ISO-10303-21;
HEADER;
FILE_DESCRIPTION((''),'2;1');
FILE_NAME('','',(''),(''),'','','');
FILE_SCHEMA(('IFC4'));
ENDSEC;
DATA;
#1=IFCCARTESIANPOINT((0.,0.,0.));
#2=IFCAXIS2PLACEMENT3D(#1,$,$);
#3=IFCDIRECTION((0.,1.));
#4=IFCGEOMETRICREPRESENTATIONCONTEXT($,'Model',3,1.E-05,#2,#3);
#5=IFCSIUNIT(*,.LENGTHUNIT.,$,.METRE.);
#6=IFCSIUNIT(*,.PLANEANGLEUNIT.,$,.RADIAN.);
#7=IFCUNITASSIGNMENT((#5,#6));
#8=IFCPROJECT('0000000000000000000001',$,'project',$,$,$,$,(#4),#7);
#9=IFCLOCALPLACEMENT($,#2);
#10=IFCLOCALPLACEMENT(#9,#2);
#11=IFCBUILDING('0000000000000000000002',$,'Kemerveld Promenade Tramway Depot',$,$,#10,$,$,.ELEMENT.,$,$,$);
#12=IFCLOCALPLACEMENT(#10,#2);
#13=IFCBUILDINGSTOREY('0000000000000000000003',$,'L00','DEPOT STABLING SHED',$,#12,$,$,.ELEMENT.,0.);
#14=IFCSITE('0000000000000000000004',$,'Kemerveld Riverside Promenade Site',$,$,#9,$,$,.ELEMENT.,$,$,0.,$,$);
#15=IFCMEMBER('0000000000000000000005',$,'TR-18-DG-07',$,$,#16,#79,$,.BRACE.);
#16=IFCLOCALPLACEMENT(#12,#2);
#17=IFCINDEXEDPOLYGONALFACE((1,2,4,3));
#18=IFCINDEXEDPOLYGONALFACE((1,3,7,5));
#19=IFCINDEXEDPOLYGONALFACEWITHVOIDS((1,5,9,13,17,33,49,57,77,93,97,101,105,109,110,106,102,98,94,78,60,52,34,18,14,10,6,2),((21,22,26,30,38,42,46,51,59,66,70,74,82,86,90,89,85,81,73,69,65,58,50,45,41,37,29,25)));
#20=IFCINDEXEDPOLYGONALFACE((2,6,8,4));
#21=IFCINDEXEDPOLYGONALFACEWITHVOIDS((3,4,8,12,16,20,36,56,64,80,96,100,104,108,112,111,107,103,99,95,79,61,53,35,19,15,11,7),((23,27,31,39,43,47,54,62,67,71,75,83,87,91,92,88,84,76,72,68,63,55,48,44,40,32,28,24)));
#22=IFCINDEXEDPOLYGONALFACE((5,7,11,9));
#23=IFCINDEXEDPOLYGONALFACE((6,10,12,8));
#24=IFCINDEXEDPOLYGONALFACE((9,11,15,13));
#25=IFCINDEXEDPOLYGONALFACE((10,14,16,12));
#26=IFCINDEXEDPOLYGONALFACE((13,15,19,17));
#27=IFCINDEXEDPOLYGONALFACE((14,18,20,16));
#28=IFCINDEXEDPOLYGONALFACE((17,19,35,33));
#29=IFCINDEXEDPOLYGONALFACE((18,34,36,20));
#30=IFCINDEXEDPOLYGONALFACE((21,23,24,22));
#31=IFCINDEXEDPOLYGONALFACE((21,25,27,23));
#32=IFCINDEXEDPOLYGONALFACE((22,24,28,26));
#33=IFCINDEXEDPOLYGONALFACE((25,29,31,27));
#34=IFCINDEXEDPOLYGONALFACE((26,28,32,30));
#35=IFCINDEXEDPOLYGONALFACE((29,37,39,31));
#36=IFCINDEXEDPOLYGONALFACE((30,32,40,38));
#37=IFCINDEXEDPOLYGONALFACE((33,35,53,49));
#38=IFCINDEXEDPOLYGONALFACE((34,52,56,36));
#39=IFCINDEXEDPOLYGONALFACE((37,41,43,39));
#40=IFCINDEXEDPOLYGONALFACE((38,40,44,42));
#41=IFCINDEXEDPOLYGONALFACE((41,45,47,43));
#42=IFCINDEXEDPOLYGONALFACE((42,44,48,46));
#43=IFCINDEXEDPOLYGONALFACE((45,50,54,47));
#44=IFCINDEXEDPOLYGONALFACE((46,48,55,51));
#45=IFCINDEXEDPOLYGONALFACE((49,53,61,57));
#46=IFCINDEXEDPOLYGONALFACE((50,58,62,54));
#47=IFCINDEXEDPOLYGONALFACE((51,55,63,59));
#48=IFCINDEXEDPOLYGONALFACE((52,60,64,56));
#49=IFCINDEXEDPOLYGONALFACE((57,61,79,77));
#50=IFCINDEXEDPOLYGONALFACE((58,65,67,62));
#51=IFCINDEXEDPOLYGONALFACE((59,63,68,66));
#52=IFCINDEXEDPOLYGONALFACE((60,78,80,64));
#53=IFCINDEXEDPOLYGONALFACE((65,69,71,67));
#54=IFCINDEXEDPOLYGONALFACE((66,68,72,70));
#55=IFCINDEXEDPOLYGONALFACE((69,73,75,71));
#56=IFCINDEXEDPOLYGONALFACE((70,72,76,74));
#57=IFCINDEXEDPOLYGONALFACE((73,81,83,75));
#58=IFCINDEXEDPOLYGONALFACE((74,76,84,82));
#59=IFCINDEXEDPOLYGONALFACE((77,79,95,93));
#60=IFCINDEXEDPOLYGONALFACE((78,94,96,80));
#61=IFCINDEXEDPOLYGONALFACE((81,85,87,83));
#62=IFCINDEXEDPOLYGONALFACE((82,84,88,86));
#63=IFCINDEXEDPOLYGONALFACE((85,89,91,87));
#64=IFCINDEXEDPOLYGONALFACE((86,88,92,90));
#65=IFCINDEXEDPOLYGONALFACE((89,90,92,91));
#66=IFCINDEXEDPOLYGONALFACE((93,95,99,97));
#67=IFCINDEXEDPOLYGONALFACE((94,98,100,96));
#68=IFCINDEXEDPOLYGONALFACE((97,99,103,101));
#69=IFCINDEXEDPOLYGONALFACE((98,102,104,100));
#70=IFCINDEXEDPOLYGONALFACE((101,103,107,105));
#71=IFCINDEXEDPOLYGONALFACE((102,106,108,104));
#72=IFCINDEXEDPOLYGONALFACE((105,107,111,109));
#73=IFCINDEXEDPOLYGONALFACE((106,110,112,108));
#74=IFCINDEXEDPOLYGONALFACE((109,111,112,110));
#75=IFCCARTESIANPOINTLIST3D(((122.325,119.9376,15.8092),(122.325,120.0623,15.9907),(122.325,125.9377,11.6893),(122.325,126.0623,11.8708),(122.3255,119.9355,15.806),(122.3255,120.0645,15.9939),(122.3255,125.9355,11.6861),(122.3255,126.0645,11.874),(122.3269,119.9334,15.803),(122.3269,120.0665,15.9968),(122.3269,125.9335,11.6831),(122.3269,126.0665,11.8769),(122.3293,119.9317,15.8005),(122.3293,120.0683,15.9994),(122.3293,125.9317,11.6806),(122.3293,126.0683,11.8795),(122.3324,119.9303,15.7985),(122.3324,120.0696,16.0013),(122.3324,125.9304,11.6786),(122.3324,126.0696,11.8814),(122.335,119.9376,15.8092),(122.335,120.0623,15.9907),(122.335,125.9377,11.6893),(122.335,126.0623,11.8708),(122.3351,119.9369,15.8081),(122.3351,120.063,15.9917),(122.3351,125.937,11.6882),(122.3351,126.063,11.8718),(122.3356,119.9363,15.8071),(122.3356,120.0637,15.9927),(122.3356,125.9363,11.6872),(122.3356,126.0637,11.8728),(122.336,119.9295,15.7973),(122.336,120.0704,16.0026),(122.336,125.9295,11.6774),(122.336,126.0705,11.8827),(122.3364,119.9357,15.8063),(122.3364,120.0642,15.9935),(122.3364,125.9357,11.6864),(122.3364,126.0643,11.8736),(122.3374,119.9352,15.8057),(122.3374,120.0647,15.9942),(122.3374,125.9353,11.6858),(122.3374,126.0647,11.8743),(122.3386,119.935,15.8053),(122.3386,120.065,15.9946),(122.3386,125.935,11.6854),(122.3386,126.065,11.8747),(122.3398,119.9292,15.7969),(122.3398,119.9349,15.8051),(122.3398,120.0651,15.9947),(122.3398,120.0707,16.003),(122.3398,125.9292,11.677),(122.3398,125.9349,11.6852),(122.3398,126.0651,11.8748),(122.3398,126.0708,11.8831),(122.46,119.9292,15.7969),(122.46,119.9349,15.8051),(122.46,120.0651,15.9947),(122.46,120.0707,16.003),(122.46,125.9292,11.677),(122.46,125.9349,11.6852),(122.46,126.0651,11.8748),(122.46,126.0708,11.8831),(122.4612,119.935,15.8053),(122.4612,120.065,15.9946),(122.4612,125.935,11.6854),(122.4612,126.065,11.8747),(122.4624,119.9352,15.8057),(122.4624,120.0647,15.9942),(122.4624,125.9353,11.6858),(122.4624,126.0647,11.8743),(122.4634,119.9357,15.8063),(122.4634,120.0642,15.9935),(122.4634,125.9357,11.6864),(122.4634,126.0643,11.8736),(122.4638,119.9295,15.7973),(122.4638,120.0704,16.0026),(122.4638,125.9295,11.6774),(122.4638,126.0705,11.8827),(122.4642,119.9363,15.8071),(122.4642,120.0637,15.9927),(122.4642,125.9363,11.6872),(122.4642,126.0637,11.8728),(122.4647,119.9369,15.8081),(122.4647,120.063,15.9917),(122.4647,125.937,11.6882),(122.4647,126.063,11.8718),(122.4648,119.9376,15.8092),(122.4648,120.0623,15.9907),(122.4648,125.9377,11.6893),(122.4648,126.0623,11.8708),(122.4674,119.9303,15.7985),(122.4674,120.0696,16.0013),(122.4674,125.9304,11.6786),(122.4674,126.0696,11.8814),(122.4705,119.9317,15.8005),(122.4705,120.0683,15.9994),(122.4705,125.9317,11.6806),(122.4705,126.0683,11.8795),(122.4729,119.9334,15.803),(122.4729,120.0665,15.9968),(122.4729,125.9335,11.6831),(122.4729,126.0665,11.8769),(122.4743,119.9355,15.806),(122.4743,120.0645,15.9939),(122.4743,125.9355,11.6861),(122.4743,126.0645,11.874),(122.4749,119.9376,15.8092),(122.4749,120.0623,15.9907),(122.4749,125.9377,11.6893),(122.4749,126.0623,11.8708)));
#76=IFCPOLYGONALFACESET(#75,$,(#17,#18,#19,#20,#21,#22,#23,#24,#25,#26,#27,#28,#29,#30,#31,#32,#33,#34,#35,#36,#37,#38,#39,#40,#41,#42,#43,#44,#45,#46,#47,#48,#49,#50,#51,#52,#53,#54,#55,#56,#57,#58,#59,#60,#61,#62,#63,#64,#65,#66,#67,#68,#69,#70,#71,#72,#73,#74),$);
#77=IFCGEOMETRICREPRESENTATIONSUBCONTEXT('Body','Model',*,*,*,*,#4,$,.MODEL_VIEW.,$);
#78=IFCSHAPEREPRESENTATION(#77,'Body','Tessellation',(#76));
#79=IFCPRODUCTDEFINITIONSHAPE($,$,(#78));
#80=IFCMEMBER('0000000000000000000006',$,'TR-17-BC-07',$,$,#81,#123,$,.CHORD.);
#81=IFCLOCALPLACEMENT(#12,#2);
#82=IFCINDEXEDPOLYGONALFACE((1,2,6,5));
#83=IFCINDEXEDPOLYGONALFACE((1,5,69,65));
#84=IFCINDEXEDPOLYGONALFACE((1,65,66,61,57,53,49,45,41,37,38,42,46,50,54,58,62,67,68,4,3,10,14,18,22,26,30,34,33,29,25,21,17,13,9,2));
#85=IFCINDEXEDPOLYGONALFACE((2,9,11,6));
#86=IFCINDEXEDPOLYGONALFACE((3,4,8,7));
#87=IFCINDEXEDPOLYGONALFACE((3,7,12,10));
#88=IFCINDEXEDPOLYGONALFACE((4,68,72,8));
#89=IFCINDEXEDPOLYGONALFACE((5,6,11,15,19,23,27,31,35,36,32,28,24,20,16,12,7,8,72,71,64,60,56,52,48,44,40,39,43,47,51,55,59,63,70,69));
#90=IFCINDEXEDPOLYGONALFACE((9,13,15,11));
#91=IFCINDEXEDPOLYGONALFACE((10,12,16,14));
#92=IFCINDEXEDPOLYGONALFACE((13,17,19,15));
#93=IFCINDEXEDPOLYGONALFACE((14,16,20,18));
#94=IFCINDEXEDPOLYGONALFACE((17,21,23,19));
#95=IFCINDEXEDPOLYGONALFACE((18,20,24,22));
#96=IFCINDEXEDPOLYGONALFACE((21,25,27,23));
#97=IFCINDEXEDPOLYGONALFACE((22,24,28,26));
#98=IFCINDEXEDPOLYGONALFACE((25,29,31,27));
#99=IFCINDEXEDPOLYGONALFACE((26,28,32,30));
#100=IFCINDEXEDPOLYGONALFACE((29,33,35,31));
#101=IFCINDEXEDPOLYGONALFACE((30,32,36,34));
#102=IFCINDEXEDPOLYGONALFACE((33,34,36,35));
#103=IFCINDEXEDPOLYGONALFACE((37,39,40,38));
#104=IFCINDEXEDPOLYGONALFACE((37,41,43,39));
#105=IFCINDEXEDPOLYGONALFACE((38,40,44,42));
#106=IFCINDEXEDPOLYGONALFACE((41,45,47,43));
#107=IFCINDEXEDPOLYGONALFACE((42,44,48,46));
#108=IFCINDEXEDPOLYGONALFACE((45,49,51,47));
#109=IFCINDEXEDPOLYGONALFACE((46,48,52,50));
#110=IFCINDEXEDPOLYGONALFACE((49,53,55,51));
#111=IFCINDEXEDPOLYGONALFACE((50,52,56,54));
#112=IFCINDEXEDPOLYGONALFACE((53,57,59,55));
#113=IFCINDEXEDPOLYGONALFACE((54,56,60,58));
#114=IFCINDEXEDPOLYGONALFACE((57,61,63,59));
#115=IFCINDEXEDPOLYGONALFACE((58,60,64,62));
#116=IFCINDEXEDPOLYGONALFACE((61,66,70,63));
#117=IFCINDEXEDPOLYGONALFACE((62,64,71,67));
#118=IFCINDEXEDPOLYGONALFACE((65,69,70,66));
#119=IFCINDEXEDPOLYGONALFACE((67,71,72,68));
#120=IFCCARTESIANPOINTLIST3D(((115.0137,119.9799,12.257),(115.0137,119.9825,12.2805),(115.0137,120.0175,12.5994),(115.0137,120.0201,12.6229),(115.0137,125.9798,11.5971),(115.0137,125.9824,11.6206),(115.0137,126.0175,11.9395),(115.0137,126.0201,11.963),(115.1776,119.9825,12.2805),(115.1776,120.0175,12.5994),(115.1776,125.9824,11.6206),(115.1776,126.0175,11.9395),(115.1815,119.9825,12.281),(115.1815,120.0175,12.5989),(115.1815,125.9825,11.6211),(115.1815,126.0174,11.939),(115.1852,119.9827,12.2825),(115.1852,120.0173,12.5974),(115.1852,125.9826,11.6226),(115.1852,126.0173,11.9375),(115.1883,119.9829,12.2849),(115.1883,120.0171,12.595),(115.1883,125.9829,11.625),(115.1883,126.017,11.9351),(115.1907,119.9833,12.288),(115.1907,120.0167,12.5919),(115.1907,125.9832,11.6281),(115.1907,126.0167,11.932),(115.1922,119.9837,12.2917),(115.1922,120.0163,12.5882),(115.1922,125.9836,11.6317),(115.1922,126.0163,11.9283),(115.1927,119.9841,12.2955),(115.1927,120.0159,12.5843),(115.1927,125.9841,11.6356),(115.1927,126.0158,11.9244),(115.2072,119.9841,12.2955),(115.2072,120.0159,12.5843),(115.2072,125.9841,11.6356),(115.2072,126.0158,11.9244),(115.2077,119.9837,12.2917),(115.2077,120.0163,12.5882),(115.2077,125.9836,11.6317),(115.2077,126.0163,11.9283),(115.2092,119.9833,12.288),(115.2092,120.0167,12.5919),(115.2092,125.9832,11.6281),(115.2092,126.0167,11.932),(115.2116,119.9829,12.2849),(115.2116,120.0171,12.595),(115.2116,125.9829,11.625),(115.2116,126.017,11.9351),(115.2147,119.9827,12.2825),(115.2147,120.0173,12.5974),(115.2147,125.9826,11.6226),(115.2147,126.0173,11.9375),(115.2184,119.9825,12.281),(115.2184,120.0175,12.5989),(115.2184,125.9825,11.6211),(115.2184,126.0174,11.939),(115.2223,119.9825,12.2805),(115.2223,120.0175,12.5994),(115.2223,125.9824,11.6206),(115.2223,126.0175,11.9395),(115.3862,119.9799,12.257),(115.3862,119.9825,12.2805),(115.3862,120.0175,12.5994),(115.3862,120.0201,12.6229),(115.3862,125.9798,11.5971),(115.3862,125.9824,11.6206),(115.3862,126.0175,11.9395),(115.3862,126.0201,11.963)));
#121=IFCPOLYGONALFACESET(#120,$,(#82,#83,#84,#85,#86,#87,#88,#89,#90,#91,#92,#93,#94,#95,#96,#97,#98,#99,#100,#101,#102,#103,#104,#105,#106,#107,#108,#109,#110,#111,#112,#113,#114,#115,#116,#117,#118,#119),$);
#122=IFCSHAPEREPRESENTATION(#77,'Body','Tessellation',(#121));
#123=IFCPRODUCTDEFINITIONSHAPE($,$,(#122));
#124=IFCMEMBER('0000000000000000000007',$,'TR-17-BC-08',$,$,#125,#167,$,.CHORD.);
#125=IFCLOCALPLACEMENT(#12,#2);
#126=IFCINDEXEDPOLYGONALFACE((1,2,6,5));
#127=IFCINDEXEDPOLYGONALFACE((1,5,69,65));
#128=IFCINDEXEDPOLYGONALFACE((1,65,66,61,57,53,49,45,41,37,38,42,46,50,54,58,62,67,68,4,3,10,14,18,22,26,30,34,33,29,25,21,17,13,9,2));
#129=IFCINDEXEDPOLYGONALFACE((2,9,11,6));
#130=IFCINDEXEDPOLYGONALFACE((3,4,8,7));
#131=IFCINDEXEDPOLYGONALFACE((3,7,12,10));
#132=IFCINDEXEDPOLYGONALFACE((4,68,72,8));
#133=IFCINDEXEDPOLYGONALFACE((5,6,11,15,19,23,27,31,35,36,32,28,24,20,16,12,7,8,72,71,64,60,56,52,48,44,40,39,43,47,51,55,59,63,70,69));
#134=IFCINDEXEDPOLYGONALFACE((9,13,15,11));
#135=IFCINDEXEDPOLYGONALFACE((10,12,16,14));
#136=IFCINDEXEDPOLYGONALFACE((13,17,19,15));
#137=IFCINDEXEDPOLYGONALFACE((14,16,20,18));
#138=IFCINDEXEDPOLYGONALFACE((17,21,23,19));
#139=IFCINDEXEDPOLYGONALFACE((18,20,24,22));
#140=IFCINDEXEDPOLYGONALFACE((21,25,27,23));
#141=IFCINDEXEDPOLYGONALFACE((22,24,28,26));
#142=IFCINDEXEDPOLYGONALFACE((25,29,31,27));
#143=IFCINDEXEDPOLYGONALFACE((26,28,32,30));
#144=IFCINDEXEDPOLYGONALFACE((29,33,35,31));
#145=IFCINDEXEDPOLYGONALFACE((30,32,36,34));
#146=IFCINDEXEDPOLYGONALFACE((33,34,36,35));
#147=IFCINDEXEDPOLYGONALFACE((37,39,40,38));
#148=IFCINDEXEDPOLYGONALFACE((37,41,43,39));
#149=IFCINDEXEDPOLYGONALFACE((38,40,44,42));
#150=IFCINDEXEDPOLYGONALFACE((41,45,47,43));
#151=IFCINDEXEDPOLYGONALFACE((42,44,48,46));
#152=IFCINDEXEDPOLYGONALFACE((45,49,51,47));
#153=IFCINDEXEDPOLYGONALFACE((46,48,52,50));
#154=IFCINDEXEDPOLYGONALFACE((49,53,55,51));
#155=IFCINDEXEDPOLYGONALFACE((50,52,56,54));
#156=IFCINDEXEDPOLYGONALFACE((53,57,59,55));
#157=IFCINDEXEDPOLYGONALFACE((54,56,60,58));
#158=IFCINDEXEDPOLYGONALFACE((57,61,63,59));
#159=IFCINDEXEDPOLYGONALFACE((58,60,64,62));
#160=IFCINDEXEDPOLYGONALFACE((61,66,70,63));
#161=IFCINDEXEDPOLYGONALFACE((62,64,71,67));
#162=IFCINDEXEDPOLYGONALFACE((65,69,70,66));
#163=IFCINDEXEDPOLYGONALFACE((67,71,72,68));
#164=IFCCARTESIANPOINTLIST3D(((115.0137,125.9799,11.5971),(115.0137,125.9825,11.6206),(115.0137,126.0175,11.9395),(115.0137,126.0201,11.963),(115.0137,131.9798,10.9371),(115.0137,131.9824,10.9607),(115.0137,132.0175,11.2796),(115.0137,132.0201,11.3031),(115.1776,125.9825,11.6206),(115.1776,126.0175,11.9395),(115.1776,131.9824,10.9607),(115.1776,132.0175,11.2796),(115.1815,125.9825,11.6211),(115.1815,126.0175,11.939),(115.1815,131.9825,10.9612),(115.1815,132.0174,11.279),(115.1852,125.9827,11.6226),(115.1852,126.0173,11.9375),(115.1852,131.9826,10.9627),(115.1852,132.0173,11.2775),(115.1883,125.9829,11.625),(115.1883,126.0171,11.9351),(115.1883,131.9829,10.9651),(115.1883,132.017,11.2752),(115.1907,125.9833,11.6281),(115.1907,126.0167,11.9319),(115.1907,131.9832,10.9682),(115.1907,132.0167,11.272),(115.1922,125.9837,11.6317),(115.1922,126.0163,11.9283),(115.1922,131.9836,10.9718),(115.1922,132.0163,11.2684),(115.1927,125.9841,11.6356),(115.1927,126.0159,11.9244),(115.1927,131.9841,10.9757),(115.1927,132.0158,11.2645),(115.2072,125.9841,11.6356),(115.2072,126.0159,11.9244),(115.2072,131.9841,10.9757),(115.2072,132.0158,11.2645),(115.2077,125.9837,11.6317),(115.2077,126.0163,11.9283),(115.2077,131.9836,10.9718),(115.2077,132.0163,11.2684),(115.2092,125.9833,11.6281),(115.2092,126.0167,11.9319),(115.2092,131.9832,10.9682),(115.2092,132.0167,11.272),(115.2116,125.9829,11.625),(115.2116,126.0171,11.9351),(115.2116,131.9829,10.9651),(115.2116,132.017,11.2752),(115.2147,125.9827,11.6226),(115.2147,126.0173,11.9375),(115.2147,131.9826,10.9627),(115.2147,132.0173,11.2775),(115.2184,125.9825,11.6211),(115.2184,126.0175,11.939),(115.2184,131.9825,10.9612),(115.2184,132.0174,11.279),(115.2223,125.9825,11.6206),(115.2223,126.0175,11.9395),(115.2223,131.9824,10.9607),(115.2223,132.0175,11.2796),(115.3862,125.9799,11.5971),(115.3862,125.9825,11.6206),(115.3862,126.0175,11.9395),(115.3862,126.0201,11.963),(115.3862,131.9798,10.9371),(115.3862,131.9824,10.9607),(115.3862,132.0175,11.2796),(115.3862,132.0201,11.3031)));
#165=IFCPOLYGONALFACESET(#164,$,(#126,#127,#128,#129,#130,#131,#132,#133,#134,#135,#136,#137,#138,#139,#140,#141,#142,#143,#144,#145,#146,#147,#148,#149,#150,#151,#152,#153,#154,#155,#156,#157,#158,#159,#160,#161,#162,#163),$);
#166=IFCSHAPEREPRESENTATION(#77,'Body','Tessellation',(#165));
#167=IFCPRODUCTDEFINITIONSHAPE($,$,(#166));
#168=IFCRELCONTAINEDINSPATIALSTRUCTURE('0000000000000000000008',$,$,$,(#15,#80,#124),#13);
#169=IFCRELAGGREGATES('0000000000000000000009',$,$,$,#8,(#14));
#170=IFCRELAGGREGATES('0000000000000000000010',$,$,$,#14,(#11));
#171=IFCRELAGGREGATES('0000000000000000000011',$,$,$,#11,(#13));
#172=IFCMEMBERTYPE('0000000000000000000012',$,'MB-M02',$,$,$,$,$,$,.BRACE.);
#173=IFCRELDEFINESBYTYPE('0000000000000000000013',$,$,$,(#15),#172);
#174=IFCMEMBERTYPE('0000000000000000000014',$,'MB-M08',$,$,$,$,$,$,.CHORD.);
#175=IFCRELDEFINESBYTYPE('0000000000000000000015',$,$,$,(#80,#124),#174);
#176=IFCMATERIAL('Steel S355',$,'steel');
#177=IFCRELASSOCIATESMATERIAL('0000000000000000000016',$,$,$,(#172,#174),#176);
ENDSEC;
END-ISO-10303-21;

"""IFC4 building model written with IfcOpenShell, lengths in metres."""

from ifc_helpers import new_model, si_unit, direction, frame, origin, origin_2d, place, context, subcontext, project, spatial, hollow_rectangle, i_section, extrude, material, material_profile, profile_set, type_object, element, save


model = new_model("IFC4")

# Units and contexts
model_context = context("Model", 3, precision=1e-05, world=origin(), true_north=direction((0.0, 1.0)))
body_context = subcontext(model_context, "Body", "Model", "MODEL_VIEW")
ifc_project = project(units=[si_unit("LENGTHUNIT", "METRE"), si_unit("PLANEANGLEUNIT", "RADIAN")], contexts=[model_context])

# Site, building, storey
site_placement = place(None, origin())
site = spatial("IfcSite", under=ifc_project, at=site_placement, Name="Kemerveld Riverside Promenade Site", CompositionType="ELEMENT", RefElevation=0.0)
building_placement = place(site_placement, origin())
building = spatial("IfcBuilding", under=site, at=building_placement, Name="Kemerveld Promenade Tramway Depot", CompositionType="ELEMENT")
storey_placement = place(building_placement, origin())
storey = spatial("IfcBuildingStorey", under=building, at=storey_placement, Name="L00", Description="DEPOT STABLING SHED", CompositionType="ELEMENT", Elevation=0.0)

# Members
ifc_material_1 = material(Name="Steel S355", Category="steel")
ifc_material_profile_1 = material_profile(ifc_material_1, hollow_rectangle(XDim=0.1499, YDim=0.25, WallThickness=0.01, InnerFilletRadius=0.0049, OuterFilletRadius=0.0149, at=origin_2d()), Name="250x150x10.0 RHS")
ifc_profile_set_1 = profile_set([ifc_material_profile_1], Name="Steel S355")
member_type_1 = type_object("IfcMemberType", Name="MB-M02", PredefinedType="BRACE", material=ifc_profile_set_1)
member_1_placement = place(storey_placement, frame((122.3999, 126.0, 11.78), z_axis=(0.0, -0.824371, 0.56605), x_axis=(1.0, 0.0, 0.0)))
element("IfcMember", 1, at=member_1_placement, inside=storey, type_object=member_type_1, Name="TR-18-DG-07", PredefinedType="BRACE", context=body_context, shape_type="SweptSolid", body=[
    extrude(hollow_rectangle(XDim=0.1499, YDim=0.25, WallThickness=0.01, InnerFilletRadius=0.0049, OuterFilletRadius=0.0149, at=origin_2d()), origin(), (0.0, 0.0, 1.0), 7.2783),
])
ifc_material_profile_2 = material_profile(ifc_material_1, i_section(OverallWidth=0.3726, OverallDepth=0.3682, WebThickness=0.0144, FlangeThickness=0.0237, FilletRadius=0.0151, at=origin_2d()), Name="356x368x177 UC")
ifc_profile_set_2 = profile_set([ifc_material_profile_2], Name="Steel S355")
member_type_2 = type_object("IfcMemberType", Name="MB-M08", PredefinedType="CHORD", material=ifc_profile_set_2)
for number, where, z_axis, x_axis, name in (
    (2, (115.2, 120.0, 12.4399), (0.0, 0.994006, -0.109326), (-1.0, 0.0, 0.0), "TR-17-BC-07"),
    (3, (115.2, 126.0, 11.78), (0.0, 0.994006, -0.109326), (-1.0, 0.0, 0.0), "TR-17-BC-08"),
):
    element("IfcMember", number, at=place(storey_placement, frame(where, z_axis=z_axis, x_axis=x_axis)), inside=storey, type_object=member_type_2, Name=name, PredefinedType="CHORD", context=body_context, shape_type="SweptSolid", body=[
        extrude(i_section(OverallWidth=0.3726, OverallDepth=0.3682, WebThickness=0.0144, FlangeThickness=0.0237, FilletRadius=0.0151, at=origin_2d()), origin(), (0.0, 0.0, 1.0), 6.0361),
    ])

save(model, "model.ifc")
